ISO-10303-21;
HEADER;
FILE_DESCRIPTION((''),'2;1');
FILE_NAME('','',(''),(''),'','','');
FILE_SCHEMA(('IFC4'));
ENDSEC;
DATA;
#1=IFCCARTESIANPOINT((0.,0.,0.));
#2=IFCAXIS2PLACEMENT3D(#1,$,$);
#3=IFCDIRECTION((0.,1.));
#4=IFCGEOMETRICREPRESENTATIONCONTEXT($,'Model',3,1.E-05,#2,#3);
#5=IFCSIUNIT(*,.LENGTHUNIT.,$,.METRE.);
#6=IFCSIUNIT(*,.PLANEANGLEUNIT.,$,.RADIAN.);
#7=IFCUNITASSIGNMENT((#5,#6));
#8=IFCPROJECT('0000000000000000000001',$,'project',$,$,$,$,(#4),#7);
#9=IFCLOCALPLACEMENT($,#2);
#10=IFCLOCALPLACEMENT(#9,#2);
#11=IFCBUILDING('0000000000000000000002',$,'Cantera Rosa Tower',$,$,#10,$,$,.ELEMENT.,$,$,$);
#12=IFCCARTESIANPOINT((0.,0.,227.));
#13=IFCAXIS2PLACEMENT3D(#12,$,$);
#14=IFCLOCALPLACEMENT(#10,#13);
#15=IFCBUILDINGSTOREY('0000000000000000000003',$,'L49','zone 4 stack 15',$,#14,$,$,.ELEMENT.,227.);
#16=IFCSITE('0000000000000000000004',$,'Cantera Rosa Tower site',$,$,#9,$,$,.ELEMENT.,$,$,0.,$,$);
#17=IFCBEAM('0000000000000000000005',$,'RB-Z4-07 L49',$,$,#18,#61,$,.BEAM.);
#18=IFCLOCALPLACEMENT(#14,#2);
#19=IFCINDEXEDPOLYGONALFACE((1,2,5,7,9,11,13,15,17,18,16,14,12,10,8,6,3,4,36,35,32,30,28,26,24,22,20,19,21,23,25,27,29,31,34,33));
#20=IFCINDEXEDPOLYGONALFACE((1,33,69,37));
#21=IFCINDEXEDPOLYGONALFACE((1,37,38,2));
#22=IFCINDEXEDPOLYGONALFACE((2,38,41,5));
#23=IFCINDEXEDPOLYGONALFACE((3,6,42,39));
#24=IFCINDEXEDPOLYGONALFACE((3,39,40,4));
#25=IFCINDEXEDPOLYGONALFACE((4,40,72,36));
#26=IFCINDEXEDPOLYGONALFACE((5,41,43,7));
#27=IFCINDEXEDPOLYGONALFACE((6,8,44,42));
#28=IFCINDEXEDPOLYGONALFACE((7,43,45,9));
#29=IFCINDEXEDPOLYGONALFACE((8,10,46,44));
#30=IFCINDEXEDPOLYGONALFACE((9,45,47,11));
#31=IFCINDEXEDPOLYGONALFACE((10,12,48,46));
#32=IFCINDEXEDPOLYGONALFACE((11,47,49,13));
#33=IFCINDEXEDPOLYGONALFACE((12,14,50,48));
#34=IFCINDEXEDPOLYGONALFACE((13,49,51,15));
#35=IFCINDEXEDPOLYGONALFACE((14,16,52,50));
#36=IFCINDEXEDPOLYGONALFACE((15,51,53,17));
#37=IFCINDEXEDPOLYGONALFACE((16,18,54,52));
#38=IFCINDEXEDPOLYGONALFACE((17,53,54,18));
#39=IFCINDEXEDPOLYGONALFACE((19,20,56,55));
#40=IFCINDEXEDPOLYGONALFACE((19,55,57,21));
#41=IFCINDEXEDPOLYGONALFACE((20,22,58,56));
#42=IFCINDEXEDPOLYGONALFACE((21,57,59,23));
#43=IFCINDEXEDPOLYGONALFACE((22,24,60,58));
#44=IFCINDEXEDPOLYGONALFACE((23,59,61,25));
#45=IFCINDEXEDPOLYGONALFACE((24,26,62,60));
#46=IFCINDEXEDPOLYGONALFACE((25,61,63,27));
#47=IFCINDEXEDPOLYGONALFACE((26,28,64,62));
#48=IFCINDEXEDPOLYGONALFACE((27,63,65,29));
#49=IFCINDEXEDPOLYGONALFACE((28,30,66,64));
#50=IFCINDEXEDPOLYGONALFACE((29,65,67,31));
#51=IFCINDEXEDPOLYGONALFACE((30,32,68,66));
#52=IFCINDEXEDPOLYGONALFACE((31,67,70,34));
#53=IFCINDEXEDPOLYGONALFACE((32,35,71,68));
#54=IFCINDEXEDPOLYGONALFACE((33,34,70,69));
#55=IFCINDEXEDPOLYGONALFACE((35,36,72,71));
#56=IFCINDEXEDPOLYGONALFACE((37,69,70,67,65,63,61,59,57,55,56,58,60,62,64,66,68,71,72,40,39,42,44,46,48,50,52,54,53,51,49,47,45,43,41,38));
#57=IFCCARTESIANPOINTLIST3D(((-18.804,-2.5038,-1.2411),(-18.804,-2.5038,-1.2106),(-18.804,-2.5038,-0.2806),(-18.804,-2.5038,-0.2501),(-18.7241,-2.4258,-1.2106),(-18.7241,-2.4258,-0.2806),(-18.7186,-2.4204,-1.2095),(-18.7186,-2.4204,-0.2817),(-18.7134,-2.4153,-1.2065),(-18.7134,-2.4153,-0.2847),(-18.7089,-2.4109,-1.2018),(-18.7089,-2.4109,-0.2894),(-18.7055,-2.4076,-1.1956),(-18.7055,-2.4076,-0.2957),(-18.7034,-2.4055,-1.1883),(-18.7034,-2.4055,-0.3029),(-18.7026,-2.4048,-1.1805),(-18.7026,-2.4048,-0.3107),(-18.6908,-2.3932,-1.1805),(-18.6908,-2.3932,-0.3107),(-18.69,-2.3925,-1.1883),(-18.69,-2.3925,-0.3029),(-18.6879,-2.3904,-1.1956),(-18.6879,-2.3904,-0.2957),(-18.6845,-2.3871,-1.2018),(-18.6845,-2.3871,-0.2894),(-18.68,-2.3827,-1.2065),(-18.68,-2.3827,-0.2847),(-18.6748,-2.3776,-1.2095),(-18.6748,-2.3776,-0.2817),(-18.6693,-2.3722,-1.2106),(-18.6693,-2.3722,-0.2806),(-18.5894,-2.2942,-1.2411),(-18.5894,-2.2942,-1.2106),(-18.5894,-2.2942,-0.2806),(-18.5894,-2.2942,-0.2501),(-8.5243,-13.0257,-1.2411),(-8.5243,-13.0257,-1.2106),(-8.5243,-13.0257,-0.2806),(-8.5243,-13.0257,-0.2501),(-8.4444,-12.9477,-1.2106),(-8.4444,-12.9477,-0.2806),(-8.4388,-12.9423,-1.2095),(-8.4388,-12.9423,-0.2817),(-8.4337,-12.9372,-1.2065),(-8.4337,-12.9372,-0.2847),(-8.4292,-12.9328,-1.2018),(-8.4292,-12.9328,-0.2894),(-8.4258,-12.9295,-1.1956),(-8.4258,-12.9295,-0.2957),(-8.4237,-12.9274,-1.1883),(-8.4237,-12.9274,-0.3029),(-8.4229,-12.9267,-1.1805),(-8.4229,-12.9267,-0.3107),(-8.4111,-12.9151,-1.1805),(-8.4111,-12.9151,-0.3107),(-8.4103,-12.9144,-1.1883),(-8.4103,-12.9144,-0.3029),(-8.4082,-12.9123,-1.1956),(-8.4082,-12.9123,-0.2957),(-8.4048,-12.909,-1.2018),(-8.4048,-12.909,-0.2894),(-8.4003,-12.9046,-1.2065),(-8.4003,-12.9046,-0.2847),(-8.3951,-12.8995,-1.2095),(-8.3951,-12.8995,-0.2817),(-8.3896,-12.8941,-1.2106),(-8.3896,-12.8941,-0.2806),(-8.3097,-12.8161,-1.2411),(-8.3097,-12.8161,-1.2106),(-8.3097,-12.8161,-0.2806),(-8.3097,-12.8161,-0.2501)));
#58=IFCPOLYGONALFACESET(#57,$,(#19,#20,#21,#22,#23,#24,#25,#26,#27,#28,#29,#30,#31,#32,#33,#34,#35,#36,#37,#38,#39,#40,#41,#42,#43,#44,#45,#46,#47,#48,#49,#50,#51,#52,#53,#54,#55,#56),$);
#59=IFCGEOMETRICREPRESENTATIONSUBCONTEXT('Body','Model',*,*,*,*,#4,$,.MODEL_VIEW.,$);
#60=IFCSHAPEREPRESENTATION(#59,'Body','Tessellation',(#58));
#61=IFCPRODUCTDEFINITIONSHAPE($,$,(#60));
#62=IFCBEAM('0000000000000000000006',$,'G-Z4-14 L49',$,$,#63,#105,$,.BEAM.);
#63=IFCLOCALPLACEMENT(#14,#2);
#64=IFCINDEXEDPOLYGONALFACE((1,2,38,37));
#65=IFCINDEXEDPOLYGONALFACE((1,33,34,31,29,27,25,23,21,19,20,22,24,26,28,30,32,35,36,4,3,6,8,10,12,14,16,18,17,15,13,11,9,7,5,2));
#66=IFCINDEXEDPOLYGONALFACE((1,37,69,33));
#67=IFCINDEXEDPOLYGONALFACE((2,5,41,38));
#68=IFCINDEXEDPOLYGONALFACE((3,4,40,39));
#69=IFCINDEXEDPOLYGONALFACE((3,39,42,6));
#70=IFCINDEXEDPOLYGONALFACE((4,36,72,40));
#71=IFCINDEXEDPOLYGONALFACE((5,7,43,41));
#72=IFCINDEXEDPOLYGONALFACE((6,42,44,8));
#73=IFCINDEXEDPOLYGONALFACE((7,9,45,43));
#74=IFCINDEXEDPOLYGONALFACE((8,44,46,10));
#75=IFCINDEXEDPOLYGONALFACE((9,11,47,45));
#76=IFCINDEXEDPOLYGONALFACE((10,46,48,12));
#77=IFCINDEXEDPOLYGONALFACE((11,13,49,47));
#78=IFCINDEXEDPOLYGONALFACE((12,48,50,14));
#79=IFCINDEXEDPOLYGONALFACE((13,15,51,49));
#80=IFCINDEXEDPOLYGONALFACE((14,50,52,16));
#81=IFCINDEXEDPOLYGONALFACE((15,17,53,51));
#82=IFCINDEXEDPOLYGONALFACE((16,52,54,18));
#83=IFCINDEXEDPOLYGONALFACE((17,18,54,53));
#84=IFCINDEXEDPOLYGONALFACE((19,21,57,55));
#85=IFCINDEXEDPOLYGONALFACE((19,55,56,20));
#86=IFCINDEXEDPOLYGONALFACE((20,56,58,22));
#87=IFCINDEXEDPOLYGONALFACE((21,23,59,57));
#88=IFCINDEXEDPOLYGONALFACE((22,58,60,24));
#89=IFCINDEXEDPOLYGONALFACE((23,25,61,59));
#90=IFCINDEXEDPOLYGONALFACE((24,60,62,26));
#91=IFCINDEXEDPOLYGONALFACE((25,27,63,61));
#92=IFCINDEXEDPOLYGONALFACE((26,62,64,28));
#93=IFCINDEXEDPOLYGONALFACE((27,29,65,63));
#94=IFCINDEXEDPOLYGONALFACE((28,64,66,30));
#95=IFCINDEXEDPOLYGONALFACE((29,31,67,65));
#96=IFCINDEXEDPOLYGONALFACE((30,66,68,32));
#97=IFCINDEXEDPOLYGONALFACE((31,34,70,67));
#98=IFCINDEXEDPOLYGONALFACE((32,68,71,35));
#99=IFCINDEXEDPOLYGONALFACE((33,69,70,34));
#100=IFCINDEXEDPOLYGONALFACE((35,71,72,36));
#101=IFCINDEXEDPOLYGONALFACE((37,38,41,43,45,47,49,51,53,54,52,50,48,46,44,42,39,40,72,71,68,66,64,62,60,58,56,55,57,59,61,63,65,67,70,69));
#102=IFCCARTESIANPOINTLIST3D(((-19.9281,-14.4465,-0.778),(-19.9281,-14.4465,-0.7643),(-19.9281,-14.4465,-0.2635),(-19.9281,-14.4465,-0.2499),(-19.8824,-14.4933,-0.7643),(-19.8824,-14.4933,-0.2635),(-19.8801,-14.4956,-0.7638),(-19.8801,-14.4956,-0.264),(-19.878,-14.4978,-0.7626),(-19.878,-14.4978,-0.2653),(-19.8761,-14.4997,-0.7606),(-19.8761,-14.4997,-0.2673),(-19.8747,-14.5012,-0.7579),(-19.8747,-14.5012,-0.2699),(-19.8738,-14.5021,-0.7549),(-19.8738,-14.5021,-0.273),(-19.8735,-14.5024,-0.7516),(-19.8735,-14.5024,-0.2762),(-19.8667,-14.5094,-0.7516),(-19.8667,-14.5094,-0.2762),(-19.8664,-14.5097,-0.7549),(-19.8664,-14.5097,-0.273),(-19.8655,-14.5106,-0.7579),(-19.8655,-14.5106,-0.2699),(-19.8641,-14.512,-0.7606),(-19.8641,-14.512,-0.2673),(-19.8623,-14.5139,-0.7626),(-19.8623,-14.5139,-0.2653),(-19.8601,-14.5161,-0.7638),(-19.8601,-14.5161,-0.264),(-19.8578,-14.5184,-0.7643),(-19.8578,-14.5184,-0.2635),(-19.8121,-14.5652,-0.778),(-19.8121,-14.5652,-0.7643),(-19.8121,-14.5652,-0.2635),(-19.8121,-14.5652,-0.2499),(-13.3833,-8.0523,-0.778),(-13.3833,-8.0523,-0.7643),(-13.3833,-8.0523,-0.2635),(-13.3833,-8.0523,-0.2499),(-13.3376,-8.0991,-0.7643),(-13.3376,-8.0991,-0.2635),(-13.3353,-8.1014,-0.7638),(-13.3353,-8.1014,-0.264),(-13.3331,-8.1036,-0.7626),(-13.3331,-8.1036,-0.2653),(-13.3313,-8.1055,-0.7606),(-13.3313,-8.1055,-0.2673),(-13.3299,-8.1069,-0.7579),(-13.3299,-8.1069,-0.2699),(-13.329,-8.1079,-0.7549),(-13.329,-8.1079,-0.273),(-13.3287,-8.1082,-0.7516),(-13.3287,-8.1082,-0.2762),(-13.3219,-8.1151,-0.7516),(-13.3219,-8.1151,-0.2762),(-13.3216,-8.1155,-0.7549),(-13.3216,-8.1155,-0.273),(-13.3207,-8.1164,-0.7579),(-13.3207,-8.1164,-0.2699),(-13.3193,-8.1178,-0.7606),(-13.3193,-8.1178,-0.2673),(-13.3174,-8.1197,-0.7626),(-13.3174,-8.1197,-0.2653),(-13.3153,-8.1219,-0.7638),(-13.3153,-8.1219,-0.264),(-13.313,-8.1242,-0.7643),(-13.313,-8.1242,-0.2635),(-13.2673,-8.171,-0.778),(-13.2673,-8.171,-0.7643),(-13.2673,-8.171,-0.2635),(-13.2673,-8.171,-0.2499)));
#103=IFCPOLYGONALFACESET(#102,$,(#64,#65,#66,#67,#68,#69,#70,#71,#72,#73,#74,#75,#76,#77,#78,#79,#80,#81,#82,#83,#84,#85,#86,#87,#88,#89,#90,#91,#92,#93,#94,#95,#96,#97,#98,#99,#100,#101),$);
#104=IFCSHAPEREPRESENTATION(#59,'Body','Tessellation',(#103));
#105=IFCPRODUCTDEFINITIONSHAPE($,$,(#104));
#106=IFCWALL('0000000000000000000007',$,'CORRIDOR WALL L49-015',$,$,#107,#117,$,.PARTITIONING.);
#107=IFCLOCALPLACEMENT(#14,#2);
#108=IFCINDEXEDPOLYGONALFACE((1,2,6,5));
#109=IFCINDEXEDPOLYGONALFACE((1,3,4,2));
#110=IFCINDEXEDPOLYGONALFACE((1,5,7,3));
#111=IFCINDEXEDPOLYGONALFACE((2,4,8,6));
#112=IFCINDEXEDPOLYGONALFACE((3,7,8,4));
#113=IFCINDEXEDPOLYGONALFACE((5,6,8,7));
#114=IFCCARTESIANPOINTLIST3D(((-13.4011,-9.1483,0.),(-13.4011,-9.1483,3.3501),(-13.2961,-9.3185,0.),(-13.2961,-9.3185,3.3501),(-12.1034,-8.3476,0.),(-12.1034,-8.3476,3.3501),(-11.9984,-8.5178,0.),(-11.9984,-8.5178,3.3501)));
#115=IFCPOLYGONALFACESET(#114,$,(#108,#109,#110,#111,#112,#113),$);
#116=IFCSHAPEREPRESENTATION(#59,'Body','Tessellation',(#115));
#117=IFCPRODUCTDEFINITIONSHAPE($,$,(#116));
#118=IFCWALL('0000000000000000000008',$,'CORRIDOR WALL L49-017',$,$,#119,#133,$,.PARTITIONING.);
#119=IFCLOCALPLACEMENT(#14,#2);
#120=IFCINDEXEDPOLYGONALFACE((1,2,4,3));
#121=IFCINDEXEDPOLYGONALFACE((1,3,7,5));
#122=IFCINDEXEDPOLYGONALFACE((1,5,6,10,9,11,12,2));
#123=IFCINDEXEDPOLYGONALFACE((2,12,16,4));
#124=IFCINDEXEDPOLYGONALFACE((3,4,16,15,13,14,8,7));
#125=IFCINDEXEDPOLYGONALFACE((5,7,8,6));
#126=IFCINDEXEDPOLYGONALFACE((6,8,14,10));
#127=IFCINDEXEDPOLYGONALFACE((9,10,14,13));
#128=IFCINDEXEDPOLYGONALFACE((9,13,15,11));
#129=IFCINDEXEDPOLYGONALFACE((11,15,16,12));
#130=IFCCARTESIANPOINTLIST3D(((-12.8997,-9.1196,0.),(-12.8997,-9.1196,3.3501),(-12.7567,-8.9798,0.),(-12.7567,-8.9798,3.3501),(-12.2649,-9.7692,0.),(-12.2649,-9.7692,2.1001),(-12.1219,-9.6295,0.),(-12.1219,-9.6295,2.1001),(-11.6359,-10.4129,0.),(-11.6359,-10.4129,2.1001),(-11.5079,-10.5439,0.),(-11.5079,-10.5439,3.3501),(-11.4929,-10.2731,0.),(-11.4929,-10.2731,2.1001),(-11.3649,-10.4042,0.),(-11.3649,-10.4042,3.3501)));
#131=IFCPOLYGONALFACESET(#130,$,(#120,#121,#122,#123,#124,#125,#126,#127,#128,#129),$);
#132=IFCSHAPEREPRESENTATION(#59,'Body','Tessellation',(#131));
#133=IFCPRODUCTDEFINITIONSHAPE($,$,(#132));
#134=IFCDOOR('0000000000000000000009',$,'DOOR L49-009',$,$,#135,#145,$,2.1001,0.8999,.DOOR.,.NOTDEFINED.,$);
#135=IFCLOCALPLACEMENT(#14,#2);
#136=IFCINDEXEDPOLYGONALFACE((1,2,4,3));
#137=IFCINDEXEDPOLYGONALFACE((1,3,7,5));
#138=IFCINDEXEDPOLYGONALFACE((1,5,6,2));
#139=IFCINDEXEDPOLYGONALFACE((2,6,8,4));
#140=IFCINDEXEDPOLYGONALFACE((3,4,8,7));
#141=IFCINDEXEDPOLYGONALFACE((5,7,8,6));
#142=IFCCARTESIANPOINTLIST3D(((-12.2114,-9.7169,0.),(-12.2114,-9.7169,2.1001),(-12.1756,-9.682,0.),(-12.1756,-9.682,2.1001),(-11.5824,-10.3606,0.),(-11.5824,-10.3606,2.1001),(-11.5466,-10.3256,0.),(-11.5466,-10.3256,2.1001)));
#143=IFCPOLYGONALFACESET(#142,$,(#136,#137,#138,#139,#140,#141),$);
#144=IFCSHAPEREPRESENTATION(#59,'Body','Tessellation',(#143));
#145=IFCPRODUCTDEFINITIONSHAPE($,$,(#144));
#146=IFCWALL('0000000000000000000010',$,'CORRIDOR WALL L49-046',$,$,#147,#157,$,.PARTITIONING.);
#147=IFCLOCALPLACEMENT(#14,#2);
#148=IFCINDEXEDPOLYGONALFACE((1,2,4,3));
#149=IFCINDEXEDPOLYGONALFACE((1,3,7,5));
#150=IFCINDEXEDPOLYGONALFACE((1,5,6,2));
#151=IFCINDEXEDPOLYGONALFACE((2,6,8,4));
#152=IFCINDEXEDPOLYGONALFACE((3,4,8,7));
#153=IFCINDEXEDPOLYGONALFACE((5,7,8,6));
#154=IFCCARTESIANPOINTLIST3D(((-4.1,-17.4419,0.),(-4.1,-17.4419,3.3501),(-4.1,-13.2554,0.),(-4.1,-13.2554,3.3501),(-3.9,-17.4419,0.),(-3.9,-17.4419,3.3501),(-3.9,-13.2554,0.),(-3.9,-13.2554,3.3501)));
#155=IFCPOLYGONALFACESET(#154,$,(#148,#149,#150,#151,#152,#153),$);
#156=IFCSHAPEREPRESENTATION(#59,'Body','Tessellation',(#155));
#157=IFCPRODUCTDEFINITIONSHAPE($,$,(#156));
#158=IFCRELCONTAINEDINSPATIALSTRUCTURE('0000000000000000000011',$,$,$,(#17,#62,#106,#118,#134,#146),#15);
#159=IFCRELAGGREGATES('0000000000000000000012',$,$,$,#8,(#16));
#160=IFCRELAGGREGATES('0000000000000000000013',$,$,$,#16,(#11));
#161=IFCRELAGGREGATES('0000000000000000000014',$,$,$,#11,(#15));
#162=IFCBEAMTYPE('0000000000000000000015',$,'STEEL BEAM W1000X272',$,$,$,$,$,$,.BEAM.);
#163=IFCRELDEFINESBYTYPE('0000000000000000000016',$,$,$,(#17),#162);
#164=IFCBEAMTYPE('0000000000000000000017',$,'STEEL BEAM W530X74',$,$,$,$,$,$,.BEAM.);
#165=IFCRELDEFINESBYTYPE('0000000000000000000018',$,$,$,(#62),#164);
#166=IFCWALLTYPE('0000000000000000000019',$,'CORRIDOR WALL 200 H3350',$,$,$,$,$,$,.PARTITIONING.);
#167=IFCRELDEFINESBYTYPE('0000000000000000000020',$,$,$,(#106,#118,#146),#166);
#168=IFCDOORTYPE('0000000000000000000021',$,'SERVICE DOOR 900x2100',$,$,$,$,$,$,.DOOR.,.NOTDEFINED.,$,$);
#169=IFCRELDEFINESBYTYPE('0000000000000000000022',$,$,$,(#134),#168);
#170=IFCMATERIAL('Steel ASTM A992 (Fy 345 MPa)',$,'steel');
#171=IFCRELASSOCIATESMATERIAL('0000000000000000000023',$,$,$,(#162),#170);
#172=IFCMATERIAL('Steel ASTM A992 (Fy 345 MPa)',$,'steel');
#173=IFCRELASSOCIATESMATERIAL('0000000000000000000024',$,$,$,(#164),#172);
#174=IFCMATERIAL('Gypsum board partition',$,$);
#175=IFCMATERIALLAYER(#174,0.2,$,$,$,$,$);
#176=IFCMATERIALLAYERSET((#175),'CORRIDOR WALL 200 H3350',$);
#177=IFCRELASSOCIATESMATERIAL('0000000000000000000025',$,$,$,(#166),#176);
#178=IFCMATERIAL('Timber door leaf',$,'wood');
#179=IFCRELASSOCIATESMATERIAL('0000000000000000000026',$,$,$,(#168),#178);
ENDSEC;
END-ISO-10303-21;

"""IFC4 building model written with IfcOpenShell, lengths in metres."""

from ifc_helpers import new_model, si_unit, direction, frame, frame_2d, origin, origin_2d, place, context, subcontext, project, spatial, rectangle, i_section, extrude, material, layer, layer_set, material_profile, profile_set, type_object, element, fill, save


model = new_model("IFC4")

# Units and contexts
model_context = context("Model", 3, precision=1e-05, world=origin(), true_north=direction((0.0, 1.0)))
body_context = subcontext(model_context, "Body", "Model", "MODEL_VIEW")
ifc_project = project(units=[si_unit("LENGTHUNIT", "METRE"), si_unit("PLANEANGLEUNIT", "RADIAN")], contexts=[model_context])

# Site, building, storey
site_placement = place(None, origin())
site = spatial("IfcSite", under=ifc_project, at=site_placement, Name="Cantera Rosa Tower site", CompositionType="ELEMENT", RefElevation=0.0)
building_placement = place(site_placement, origin())
building = spatial("IfcBuilding", under=site, at=building_placement, Name="Cantera Rosa Tower", CompositionType="ELEMENT")
storey_placement = place(building_placement, frame((0.0, 0.0, 227.0)))
storey = spatial("IfcBuildingStorey", under=building, at=storey_placement, Name="L49", Description="zone 4 stack 15", CompositionType="ELEMENT", Elevation=227.0)

# Beams
ifc_material_1 = material(Name="Steel ASTM A992 (Fy 345 MPa)", Category="steel")
ifc_material_profile_1 = material_profile(ifc_material_1, i_section(OverallWidth=0.3, OverallDepth=0.991, WebThickness=0.0166, FlangeThickness=0.0305, FilletRadius=0.03, at=origin_2d()), Name="W1000X272")
ifc_profile_set_1 = profile_set([ifc_material_profile_1], Name="Steel ASTM A992 (Fy 345 MPa)")
beam_type_1 = type_object("IfcBeamType", Name="STEEL BEAM W1000X272", PredefinedType="BEAM", material=ifc_profile_set_1)
beam_1_placement = place(storey_placement, frame((-8.417, -12.9209, -0.7456), z_axis=(-0.698827, 0.715291, 0.0), x_axis=(-0.715291, -0.698827, 0.0)))
element("IfcBeam", 1, at=beam_1_placement, inside=storey, type_object=beam_type_1, Name="RB-Z4-07 L49", PredefinedType="BEAM", context=body_context, shape_type="SweptSolid", body=[
    extrude(i_section(OverallWidth=0.3, OverallDepth=0.991, WebThickness=0.0166, FlangeThickness=0.0305, FilletRadius=0.03, at=origin_2d()), origin(), (0.0, 0.0, 1.0), 14.71),
])
ifc_material_2 = material(Name="Steel ASTM A992 (Fy 345 MPa)", Category="steel")
ifc_material_profile_2 = material_profile(ifc_material_2, i_section(OverallWidth=0.166, OverallDepth=0.5281, WebThickness=0.0098, FlangeThickness=0.0137, FilletRadius=0.0127, at=origin_2d()), Name="W530X74")
ifc_profile_set_2 = profile_set([ifc_material_profile_2], Name="Steel ASTM A992 (Fy 345 MPa)")
beam_type_2 = type_object("IfcBeamType", Name="STEEL BEAM W530X74", PredefinedType="BEAM", material=ifc_profile_set_2)
beam_2_placement = place(storey_placement, frame((-19.8701, -14.5059, -0.5139), z_axis=(0.71529, 0.698827, 0.0), x_axis=(-0.698827, 0.71529, 0.0)))
element("IfcBeam", 2, at=beam_2_placement, inside=storey, type_object=beam_type_2, Name="G-Z4-14 L49", PredefinedType="BEAM", context=body_context, shape_type="SweptSolid", body=[
    extrude(i_section(OverallWidth=0.166, OverallDepth=0.5281, WebThickness=0.0098, FlangeThickness=0.0137, FilletRadius=0.0127, at=origin_2d()), origin(), (0.0, 0.0, 1.0), 9.1499),
])

# Wall
ifc_material_3 = material(Name="Gypsum board partition")
ifc_layer_1 = layer(ifc_material_3, 0.2)
ifc_layer_set_1 = layer_set([ifc_layer_1], Name="CORRIDOR WALL 200 H3350")
wall_type_1 = type_object("IfcWallType", Name="CORRIDOR WALL 200 H3350", PredefinedType="PARTITIONING", material=ifc_layer_set_1)
wall_1_placement = place(storey_placement, frame((-13.3486, -9.2334, 0.0), z_axis=(0.0, 0.0, 1.0), x_axis=(0.851042, 0.525097, 0.0)))
element("IfcWall", 3, at=wall_1_placement, inside=storey, type_object=wall_type_1, Name="CORRIDOR WALL L49-015", PredefinedType="PARTITIONING", context=body_context, shape_type="SweptSolid", body=[
    extrude(rectangle(XDim=1.5249, YDim=0.2, at=frame_2d((0.7625, 0.0))), origin(), (0.0, 0.0, 1.0), 3.3501),
])

# Wall, opening, door
wall_2_placement = place(storey_placement, frame((-12.8281, -9.0498, 0.0), z_axis=(0.0, 0.0, 1.0), x_axis=(0.698907, -0.715212, 0.0)))
wall_2 = element("IfcWall", 4, at=wall_2_placement, inside=storey, type_object=wall_type_1, Name="CORRIDOR WALL L49-017", PredefinedType="PARTITIONING", context=body_context, shape_type="SweptSolid", body=[
    extrude(rectangle(XDim=1.9915, YDim=0.2, at=frame_2d((0.9956, 0.0))), origin(), (0.0, 0.0, 1.0), 3.3501),
])
opening_1_placement = place(wall_2_placement, frame((0.9082, 0.0, 0.0)))
opening_1 = element("IfcOpeningElement", 5, at=opening_1_placement, cuts=wall_2, PredefinedType="OPENING", context=body_context, shape_type="SweptSolid", body=[
    extrude(rectangle(XDim=0.8999, YDim=2.1001, at=frame_2d((0.45, 1.05))), frame((0.0, 0.1099, 0.0), z_axis=(0.0, -1.0, 0.0), x_axis=(1.0, 0.0, 0.0)), (0.0, 0.0, 1.0), 0.22),
])
ifc_material_4 = material(Name="Timber door leaf", Category="wood")
door_type_1 = type_object("IfcDoorType", Name="SERVICE DOOR 900x2100", OperationType="NOTDEFINED", PredefinedType="DOOR", material=ifc_material_4)
door_1_placement = place(opening_1_placement, origin())
door_1 = element("IfcDoor", 6, at=door_1_placement, inside=storey, type_object=door_type_1, Name="DOOR L49-009", OperationType="NOTDEFINED", OverallHeight=2.1001, OverallWidth=0.8999, PredefinedType="DOOR", context=body_context, shape_type="SweptSolid", body=[
    extrude(rectangle(XDim=0.8999, YDim=2.1001, at=frame_2d((0.45, 1.05))), frame((0.0, 0.0249, 0.0), z_axis=(0.0, -1.0, 0.0), x_axis=(1.0, 0.0, 0.0)), (0.0, 0.0, 1.0), 0.05),
])
fill(opening_1, door_1)

# Wall
wall_3_placement = place(storey_placement, frame((-4.0, -13.2554, 0.0), z_axis=(0.0, 0.0, 1.0), x_axis=(0.0, -1.0, 0.0)))
element("IfcWall", 7, at=wall_3_placement, inside=storey, type_object=wall_type_1, Name="CORRIDOR WALL L49-046", PredefinedType="PARTITIONING", context=body_context, shape_type="SweptSolid", body=[
    extrude(rectangle(XDim=4.1865, YDim=0.2, at=frame_2d((2.0933, 0.0))), origin(), (0.0, 0.0, 1.0), 3.3501),
])

save(model, "model.ifc")
